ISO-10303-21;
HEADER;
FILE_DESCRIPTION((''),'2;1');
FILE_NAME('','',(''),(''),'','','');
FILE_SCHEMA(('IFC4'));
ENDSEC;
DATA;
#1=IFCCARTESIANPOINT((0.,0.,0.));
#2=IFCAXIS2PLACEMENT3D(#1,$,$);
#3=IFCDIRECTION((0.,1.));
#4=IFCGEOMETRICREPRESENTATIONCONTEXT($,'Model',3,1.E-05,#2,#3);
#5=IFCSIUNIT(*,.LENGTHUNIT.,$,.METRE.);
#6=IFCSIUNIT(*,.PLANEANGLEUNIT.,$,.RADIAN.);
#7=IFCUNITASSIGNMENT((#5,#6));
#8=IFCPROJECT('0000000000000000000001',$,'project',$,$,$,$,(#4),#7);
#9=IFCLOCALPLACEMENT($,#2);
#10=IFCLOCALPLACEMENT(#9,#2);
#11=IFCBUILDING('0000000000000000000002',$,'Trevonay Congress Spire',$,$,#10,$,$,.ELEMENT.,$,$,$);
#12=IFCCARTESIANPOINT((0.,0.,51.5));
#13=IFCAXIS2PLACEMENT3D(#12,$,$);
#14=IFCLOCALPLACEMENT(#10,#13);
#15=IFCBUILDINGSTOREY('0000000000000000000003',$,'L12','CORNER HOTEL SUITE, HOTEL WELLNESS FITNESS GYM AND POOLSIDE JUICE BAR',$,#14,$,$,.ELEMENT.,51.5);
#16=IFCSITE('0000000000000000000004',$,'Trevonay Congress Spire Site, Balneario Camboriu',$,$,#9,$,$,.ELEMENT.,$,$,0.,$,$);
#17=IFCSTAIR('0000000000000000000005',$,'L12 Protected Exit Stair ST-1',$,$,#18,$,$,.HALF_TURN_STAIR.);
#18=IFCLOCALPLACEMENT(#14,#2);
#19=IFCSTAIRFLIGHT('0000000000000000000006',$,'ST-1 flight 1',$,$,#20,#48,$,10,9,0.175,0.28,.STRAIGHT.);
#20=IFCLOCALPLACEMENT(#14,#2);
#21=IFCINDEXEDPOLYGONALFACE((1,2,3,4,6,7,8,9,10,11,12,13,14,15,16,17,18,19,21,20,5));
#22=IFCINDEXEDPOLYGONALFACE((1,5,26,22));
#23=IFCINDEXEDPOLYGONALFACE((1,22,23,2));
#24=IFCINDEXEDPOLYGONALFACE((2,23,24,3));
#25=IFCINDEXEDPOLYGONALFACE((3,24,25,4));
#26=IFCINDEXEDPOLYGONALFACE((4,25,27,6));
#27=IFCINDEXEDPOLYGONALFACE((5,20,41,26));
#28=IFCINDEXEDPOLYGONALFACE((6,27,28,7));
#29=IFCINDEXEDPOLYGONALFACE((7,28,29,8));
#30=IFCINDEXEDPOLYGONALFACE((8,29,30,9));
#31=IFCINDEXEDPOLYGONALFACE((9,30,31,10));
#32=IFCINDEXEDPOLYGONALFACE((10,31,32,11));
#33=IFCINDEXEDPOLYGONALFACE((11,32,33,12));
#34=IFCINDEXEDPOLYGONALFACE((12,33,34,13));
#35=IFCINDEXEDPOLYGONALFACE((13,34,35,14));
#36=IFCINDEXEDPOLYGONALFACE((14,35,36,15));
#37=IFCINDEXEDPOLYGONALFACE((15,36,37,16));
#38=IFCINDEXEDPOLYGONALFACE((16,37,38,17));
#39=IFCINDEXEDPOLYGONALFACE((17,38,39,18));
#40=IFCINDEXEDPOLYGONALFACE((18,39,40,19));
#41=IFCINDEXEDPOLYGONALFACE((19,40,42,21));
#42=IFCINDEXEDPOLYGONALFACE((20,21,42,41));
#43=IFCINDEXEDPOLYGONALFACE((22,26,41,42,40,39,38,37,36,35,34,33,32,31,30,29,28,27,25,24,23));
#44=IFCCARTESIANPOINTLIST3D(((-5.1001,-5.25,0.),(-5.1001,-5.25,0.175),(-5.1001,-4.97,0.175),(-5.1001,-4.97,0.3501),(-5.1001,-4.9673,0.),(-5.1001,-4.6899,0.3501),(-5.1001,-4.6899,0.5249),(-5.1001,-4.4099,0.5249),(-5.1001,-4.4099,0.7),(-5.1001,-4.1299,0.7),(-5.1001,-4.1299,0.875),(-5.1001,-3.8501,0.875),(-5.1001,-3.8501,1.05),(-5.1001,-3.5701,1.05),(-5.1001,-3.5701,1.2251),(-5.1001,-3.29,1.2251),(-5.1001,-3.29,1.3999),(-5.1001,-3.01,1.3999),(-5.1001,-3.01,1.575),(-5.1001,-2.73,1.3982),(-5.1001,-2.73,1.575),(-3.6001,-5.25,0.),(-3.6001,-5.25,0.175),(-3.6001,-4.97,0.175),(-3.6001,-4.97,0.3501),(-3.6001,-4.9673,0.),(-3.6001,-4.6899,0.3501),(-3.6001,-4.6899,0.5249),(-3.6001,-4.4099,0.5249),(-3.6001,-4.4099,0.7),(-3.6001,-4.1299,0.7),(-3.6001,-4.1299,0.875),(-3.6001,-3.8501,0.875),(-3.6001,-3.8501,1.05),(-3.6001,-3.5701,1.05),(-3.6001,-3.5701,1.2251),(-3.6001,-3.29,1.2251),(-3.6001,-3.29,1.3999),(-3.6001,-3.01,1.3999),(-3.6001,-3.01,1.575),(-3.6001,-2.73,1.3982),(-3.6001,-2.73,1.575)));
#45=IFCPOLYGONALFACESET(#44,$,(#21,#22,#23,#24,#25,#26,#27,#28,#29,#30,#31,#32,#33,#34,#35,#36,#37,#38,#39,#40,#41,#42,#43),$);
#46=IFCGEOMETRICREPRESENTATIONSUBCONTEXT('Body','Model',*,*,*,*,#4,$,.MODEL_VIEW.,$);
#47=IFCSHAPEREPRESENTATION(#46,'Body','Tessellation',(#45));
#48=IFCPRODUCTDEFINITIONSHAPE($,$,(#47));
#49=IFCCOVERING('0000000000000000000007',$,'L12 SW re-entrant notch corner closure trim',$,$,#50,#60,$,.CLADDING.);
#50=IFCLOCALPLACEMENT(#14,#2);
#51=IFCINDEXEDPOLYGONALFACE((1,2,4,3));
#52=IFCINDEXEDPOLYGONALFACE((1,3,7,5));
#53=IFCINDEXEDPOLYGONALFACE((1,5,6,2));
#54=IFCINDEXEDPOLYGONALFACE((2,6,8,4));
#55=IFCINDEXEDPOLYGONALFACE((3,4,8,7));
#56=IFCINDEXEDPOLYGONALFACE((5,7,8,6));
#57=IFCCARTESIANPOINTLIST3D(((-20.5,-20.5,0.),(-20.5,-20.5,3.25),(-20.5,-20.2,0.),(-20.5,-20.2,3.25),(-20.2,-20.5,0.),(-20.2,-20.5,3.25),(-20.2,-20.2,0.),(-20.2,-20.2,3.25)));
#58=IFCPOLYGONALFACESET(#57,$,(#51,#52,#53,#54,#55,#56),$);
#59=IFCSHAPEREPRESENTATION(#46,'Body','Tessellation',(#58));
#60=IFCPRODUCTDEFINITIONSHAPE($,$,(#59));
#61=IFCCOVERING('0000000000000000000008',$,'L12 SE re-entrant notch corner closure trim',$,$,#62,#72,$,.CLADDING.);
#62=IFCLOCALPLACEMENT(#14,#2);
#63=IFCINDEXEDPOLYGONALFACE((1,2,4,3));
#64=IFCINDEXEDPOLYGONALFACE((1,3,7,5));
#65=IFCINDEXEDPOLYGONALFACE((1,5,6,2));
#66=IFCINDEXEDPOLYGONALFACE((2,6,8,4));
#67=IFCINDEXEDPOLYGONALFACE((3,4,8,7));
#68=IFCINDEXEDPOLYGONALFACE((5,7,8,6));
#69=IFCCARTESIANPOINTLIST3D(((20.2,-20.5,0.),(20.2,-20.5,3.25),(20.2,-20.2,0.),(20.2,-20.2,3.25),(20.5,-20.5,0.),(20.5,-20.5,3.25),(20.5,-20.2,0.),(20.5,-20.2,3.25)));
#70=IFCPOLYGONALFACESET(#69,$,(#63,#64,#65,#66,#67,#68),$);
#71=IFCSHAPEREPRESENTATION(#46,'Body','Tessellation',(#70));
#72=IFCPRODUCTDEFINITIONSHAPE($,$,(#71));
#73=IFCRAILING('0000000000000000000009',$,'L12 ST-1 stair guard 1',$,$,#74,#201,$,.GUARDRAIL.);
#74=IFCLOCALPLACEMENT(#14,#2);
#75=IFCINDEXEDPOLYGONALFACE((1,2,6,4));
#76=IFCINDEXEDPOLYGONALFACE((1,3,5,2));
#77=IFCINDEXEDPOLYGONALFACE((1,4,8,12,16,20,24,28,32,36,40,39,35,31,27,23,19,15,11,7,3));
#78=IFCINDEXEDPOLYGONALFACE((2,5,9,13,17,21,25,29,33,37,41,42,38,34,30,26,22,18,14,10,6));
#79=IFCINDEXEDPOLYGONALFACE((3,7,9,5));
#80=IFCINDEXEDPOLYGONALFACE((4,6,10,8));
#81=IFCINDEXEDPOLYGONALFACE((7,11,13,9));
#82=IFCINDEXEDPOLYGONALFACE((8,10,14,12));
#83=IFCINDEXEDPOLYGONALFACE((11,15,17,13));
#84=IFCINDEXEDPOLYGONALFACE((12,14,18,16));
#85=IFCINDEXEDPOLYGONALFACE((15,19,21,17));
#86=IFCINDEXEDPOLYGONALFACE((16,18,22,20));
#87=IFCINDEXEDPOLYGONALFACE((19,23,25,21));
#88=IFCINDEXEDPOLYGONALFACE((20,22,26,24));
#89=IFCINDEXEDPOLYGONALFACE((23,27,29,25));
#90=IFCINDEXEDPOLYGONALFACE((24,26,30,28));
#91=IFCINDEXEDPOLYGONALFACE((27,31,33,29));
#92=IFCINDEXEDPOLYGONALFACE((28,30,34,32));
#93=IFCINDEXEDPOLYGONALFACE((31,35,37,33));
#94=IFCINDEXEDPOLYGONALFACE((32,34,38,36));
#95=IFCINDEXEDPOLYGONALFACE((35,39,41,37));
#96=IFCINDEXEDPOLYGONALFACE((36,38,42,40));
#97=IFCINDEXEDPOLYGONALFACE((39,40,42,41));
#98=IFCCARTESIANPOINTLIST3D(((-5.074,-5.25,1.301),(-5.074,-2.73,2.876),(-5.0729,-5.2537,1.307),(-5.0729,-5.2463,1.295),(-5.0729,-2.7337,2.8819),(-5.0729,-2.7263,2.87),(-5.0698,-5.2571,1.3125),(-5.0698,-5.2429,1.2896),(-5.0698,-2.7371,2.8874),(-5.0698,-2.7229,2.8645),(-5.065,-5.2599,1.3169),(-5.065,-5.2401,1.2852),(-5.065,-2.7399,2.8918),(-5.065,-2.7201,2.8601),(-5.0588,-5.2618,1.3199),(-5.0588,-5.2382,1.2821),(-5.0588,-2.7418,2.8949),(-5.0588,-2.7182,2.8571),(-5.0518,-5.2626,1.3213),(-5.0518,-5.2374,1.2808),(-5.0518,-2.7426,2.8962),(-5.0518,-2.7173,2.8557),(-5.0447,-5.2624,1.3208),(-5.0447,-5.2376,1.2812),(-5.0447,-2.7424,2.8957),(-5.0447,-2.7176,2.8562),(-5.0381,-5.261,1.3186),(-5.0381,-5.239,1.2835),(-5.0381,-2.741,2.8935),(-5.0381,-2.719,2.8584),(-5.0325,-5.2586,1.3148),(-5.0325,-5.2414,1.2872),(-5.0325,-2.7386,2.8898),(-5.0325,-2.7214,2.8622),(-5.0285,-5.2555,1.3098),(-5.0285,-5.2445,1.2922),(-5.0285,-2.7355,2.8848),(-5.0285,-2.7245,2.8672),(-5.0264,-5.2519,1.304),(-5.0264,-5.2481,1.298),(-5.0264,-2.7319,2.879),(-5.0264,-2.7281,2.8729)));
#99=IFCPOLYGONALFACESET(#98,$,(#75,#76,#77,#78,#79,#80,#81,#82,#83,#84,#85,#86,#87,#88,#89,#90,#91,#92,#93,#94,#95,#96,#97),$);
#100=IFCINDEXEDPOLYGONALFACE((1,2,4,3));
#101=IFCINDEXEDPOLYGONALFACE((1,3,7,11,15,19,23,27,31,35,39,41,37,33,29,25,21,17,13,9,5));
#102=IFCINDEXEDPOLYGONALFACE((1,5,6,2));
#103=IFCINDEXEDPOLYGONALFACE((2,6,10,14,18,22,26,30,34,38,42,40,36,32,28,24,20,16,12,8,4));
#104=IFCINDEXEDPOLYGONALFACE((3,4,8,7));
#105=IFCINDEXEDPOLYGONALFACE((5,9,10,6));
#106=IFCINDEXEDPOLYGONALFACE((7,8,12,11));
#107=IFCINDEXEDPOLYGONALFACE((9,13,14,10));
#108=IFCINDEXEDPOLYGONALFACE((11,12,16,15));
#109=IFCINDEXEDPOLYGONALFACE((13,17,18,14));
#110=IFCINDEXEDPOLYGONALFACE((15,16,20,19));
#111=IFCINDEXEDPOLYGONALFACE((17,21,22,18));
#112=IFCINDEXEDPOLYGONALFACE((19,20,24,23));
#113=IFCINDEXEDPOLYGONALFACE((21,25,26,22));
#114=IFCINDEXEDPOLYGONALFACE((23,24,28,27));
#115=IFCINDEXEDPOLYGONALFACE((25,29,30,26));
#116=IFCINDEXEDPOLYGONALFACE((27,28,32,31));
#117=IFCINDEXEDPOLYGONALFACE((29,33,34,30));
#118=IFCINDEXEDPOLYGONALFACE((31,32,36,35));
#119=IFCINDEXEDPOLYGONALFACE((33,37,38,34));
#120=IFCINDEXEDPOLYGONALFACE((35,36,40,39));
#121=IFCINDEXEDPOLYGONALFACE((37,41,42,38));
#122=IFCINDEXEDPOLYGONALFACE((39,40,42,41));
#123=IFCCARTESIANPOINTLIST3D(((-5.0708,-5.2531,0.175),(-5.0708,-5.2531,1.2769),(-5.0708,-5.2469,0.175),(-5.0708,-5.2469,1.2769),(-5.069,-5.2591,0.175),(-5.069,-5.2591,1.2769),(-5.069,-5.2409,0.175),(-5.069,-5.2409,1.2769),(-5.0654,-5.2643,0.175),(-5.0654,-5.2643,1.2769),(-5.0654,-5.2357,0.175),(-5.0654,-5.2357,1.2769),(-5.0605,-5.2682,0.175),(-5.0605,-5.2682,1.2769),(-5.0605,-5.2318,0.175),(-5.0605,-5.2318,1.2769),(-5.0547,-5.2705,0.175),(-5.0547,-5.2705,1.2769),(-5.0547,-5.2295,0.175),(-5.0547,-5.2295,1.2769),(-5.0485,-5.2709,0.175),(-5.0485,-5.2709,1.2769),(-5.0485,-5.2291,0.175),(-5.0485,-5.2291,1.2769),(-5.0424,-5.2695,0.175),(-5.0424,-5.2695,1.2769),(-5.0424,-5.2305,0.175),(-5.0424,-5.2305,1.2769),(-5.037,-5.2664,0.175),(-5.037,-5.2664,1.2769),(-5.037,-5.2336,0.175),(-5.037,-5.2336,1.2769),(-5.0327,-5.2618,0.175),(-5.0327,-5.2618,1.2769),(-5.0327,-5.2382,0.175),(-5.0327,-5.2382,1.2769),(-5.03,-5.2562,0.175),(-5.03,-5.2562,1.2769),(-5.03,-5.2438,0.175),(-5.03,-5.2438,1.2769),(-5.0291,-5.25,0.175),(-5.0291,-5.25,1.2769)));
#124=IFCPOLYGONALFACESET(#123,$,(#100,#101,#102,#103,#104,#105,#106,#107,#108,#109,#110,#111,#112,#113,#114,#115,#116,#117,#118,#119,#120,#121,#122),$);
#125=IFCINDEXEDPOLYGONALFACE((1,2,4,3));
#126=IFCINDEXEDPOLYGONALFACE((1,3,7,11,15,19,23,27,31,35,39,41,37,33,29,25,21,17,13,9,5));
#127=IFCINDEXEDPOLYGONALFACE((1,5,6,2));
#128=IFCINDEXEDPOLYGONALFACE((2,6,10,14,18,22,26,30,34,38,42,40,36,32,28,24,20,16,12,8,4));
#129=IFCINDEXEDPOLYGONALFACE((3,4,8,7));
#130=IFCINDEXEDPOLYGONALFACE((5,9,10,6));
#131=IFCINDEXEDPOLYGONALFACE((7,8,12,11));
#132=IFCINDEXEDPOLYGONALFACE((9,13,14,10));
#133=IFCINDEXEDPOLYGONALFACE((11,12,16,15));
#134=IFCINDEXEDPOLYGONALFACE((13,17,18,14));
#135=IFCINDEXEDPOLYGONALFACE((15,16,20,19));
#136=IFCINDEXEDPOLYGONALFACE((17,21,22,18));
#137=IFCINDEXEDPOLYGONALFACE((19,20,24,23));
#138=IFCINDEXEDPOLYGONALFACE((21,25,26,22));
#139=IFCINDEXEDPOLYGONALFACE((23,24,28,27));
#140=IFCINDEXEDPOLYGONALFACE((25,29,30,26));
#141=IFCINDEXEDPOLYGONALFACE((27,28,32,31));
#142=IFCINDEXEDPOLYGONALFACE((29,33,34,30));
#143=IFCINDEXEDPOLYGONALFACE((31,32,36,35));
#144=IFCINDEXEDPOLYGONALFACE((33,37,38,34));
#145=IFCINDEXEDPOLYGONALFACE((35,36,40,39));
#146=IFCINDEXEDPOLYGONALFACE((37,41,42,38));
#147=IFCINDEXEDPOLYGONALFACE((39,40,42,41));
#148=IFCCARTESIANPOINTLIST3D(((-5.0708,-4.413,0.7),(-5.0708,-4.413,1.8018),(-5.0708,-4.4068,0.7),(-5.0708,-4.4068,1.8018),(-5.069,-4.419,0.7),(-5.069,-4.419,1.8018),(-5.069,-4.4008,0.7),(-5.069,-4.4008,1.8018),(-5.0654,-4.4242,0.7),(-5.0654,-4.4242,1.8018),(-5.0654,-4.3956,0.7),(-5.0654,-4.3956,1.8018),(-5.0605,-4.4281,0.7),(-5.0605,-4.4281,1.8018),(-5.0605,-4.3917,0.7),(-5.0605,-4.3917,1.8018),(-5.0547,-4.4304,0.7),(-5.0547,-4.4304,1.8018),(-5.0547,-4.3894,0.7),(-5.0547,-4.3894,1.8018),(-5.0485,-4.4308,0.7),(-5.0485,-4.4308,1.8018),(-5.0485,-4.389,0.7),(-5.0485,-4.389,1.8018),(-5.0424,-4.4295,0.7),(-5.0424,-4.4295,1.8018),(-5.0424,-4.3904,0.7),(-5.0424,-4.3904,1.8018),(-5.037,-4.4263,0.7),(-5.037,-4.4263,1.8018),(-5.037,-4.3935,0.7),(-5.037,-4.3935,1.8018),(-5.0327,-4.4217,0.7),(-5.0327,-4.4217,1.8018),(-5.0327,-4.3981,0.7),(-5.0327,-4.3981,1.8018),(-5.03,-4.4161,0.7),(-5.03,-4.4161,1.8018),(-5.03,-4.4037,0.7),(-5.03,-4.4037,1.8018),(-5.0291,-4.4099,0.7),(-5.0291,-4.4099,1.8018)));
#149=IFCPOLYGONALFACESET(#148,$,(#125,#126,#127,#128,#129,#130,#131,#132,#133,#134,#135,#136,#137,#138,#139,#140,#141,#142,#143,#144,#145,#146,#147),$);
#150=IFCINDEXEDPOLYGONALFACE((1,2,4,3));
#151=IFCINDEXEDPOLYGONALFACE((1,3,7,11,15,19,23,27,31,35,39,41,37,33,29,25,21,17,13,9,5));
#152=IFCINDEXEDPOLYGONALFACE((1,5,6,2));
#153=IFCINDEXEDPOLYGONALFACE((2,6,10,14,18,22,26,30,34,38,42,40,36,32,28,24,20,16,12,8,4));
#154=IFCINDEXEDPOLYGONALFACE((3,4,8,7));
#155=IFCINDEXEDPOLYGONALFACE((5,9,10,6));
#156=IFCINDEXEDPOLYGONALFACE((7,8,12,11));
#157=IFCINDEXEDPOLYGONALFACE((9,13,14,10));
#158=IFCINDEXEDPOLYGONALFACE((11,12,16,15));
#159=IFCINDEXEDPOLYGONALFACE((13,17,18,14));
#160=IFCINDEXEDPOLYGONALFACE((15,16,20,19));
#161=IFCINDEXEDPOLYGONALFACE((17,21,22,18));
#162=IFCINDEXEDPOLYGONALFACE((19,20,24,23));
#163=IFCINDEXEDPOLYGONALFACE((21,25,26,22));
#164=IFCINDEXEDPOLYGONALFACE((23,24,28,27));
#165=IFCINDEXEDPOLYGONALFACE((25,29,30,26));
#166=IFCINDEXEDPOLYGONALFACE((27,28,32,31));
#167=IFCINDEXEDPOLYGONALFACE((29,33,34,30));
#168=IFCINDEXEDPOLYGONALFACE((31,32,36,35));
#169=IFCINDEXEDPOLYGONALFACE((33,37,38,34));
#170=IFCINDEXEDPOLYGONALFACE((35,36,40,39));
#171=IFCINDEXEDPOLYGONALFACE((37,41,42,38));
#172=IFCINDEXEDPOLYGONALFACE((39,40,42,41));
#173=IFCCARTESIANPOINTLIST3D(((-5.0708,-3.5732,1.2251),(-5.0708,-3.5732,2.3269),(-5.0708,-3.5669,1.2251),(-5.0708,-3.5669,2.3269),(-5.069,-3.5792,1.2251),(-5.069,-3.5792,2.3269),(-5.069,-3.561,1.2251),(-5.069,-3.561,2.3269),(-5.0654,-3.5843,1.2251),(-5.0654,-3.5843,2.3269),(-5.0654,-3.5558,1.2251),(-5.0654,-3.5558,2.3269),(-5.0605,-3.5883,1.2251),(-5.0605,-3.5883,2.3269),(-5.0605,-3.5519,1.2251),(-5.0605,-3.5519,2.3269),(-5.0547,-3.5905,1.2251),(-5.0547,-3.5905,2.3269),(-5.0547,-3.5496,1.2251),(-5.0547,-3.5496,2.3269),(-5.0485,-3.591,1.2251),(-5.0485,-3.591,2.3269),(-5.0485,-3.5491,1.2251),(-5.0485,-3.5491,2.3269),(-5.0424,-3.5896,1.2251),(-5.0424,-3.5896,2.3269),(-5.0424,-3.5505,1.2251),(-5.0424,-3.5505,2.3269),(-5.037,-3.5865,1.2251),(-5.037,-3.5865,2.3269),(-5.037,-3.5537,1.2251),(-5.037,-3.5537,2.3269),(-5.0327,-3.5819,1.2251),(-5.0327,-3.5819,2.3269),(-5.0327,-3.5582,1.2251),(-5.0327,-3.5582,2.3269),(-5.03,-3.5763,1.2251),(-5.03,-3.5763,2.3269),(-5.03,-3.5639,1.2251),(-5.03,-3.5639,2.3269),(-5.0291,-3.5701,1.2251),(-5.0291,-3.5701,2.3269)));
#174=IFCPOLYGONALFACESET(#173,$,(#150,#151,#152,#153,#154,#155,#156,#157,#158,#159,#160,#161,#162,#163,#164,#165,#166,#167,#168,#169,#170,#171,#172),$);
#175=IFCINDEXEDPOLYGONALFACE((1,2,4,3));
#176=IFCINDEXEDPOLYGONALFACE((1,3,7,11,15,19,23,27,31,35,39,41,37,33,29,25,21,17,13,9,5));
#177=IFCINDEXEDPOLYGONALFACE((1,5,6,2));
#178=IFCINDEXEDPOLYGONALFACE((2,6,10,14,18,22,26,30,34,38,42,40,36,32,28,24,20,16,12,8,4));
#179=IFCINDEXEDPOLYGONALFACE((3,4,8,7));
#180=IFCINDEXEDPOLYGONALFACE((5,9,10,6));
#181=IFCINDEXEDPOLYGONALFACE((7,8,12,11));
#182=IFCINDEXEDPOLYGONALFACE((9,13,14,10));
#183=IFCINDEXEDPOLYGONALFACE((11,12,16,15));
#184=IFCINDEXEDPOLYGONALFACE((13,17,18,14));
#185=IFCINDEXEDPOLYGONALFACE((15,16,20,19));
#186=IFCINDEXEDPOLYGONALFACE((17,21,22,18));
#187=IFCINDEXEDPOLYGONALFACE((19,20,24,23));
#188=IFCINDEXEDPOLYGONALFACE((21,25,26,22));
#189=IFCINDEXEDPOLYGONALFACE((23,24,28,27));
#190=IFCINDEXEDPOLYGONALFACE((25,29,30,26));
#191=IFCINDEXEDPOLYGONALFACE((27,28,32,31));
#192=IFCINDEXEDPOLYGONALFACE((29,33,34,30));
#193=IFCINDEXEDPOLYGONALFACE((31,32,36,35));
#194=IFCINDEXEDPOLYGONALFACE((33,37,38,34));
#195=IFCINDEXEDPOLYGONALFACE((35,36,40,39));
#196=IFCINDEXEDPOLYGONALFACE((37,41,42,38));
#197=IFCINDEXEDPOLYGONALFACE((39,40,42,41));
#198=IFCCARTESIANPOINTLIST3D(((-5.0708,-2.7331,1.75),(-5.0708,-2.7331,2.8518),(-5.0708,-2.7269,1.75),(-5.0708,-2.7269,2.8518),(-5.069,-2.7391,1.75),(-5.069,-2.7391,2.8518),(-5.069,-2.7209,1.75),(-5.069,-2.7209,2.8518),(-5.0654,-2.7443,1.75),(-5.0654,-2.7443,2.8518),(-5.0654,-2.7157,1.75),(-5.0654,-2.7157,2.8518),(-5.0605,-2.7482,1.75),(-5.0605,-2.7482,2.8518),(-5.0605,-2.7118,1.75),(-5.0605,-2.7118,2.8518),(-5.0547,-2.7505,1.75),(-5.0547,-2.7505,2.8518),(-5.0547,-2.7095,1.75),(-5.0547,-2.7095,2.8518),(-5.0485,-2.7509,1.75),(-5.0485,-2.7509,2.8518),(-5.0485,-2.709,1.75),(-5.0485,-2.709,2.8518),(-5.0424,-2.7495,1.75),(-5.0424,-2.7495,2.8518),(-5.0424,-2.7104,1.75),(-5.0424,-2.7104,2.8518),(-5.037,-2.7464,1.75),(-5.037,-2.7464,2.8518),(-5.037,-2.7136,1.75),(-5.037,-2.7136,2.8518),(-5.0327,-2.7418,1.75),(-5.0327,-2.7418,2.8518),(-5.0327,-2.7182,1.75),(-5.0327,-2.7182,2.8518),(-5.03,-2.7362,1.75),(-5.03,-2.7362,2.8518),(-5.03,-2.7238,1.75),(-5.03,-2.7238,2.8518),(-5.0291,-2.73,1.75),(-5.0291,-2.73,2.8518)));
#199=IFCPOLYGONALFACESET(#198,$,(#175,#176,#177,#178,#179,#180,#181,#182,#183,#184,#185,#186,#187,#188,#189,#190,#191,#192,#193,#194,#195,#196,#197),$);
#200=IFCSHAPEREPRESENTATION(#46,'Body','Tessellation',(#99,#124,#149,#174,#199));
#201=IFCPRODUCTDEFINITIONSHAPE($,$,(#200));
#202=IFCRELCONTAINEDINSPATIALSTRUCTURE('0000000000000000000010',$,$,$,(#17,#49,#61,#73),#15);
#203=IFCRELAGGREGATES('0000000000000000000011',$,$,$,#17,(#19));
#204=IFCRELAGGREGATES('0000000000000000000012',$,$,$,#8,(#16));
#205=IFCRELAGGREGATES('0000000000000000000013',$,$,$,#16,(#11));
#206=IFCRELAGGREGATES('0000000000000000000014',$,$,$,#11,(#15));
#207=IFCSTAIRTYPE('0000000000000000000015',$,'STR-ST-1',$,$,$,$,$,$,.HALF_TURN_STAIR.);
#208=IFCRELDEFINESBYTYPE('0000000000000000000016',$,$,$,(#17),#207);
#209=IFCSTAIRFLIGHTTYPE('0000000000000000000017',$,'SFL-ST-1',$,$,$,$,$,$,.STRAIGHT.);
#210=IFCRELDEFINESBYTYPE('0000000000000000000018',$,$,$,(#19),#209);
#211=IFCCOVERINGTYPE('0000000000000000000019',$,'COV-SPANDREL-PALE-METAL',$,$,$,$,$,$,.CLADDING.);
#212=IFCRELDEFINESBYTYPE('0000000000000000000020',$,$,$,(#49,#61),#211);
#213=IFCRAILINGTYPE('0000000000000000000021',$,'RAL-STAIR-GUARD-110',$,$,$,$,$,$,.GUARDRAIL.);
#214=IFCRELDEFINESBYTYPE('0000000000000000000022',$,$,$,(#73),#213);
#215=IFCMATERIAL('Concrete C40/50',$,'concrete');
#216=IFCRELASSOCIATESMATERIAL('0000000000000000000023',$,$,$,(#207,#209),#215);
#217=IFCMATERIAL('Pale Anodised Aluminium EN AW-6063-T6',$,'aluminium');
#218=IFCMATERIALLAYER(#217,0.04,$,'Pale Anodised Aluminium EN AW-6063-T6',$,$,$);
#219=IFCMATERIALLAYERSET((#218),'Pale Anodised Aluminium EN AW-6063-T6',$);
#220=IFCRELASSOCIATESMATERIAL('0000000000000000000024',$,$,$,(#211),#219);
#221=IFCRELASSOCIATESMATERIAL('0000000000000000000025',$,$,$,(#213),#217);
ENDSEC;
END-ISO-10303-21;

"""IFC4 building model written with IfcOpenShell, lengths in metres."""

from ifc_helpers import new_model, si_unit, direction, frame, origin, origin_2d, place, context, subcontext, project, spatial, polyline, circle, outline, extrude, material, layer, layer_set, type_object, element, aggregate, save


model = new_model("IFC4")

# Units and contexts
model_context = context("Model", 3, precision=1e-05, world=origin(), true_north=direction((0.0, 1.0)))
body_context = subcontext(model_context, "Body", "Model", "MODEL_VIEW")
ifc_project = project(units=[si_unit("LENGTHUNIT", "METRE"), si_unit("PLANEANGLEUNIT", "RADIAN")], contexts=[model_context])

# Site, building, storey
site_placement = place(None, origin())
site = spatial("IfcSite", under=ifc_project, at=site_placement, Name="Trevonay Congress Spire Site, Balneario Camboriu", CompositionType="ELEMENT", RefElevation=0.0)
building_placement = place(site_placement, origin())
building = spatial("IfcBuilding", under=site, at=building_placement, Name="Trevonay Congress Spire", CompositionType="ELEMENT")
storey_placement = place(building_placement, frame((0.0, 0.0, 51.5)))
storey = spatial("IfcBuildingStorey", under=building, at=storey_placement, Name="L12", Description="CORNER HOTEL SUITE, HOTEL WELLNESS FITNESS GYM AND POOLSIDE JUICE BAR", CompositionType="ELEMENT", Elevation=51.5)

# Shared definitions
ifc_material_1 = material(Name="Concrete C40/50", Category="concrete")

# Stair, stair flight
stair_type = type_object("IfcStairType", Name="STR-ST-1", PredefinedType="HALF_TURN_STAIR", material=ifc_material_1)
stair_placement = place(storey_placement, origin())
stair = element("IfcStair", 1, at=stair_placement, inside=storey, type_object=stair_type, Name="L12 Protected Exit Stair ST-1", PredefinedType="HALF_TURN_STAIR")
stair_flight_type = type_object("IfcStairFlightType", Name="SFL-ST-1", PredefinedType="STRAIGHT", material=ifc_material_1)
stair_flight_placement = place(storey_placement, frame((-4.3501, -5.25, 0.0), z_axis=(0.0, 0.0, 1.0), x_axis=(0.0, 1.0, 0.0)))
stair_flight = element("IfcStairFlight", 2, at=stair_flight_placement, type_object=stair_flight_type, Name="ST-1 flight 1", NumberOfRisers=10, NumberOfTreads=9, PredefinedType="STRAIGHT", RiserHeight=0.175, TreadLength=0.28, context=body_context, shape_type="SweptSolid", body=[
    extrude(outline(polyline([(0.0, 0.0), (0.0, 0.175), (0.28, 0.175), (0.28, 0.3501), (0.5601, 0.3501), (0.5601, 0.5249), (0.8401, 0.5249), (0.8401, 0.7), (1.1201, 0.7), (1.1201, 0.875), (1.3999, 0.875), (1.3999, 1.05), (1.6799, 1.05), (1.6799, 1.2251), (1.96, 1.2251), (1.96, 1.3999), (2.24, 1.3999), (2.24, 1.575), (2.52, 1.575), (2.52, 1.75), (2.52, 1.3982), (0.2827, 0.0), (0.0, 0.0)])), frame((0.0, 0.75, 0.0), z_axis=(0.0, -1.0, 0.0), x_axis=(1.0, 0.0, 0.0)), (0.0, 0.0, 1.0), 1.5),
])
aggregate(stair, [stair_flight])

# Coverings
ifc_material_2 = material(Name="Pale Anodised Aluminium EN AW-6063-T6", Category="aluminium")
ifc_layer_1 = layer(ifc_material_2, 0.04, Name="Pale Anodised Aluminium EN AW-6063-T6")
ifc_layer_set_1 = layer_set([ifc_layer_1], Name="Pale Anodised Aluminium EN AW-6063-T6")
covering_type = type_object("IfcCoveringType", Name="COV-SPANDREL-PALE-METAL", PredefinedType="CLADDING", material=ifc_layer_set_1)
covering_1_placement = place(storey_placement, origin())
element("IfcCovering", 3, at=covering_1_placement, inside=storey, type_object=covering_type, Name="L12 SW re-entrant notch corner closure trim", PredefinedType="CLADDING", context=body_context, shape_type="SweptSolid", body=[
    extrude(outline(polyline([(-20.5, -20.5), (-20.2, -20.5), (-20.2, -20.2), (-20.5, -20.2), (-20.5, -20.5)])), origin(), (0.0, 0.0, 1.0), 3.25),
])
covering_2_placement = place(storey_placement, origin())
element("IfcCovering", 4, at=covering_2_placement, inside=storey, type_object=covering_type, Name="L12 SE re-entrant notch corner closure trim", PredefinedType="CLADDING", context=body_context, shape_type="SweptSolid", body=[
    extrude(outline(polyline([(20.2, -20.5), (20.5, -20.5), (20.5, -20.2), (20.2, -20.2), (20.2, -20.5)])), origin(), (0.0, 0.0, 1.0), 3.25),
])

# Railing
railing_type_1 = type_object("IfcRailingType", Name="RAL-STAIR-GUARD-110", PredefinedType="GUARDRAIL", material=ifc_material_2)
railing_1_placement = place(storey_placement, frame((-5.05, -5.25, 0.175)))
element("IfcRailing", 5, at=railing_1_placement, inside=storey, type_object=railing_type_1, Name="L12 ST-1 stair guard 1", PredefinedType="GUARDRAIL", context=body_context, shape_type="SweptSolid", body=[
    extrude(circle(Radius=0.0239, at=origin_2d()), frame((0.0, 0.0, 1.126), z_axis=(0.0, 0.848008, 0.529984), x_axis=(-1.0, 0.0, 0.0)), (0.0, 0.0, 1.0), 2.9717),
    extrude(circle(Radius=0.021, at=origin_2d()), origin(), (0.0, 0.0, 1.0), 1.1018),
    extrude(circle(Radius=0.021, at=origin_2d()), frame((0.0, 0.8401, 0.5249)), (0.0, 0.0, 1.0), 1.1018),
    extrude(circle(Radius=0.021, at=origin_2d()), frame((0.0, 1.6799, 1.05)), (0.0, 0.0, 1.0), 1.1018),
    extrude(circle(Radius=0.021, at=origin_2d()), frame((0.0, 2.52, 1.575)), (0.0, 0.0, 1.0), 1.1018),
])

save(model, "model.ifc")
